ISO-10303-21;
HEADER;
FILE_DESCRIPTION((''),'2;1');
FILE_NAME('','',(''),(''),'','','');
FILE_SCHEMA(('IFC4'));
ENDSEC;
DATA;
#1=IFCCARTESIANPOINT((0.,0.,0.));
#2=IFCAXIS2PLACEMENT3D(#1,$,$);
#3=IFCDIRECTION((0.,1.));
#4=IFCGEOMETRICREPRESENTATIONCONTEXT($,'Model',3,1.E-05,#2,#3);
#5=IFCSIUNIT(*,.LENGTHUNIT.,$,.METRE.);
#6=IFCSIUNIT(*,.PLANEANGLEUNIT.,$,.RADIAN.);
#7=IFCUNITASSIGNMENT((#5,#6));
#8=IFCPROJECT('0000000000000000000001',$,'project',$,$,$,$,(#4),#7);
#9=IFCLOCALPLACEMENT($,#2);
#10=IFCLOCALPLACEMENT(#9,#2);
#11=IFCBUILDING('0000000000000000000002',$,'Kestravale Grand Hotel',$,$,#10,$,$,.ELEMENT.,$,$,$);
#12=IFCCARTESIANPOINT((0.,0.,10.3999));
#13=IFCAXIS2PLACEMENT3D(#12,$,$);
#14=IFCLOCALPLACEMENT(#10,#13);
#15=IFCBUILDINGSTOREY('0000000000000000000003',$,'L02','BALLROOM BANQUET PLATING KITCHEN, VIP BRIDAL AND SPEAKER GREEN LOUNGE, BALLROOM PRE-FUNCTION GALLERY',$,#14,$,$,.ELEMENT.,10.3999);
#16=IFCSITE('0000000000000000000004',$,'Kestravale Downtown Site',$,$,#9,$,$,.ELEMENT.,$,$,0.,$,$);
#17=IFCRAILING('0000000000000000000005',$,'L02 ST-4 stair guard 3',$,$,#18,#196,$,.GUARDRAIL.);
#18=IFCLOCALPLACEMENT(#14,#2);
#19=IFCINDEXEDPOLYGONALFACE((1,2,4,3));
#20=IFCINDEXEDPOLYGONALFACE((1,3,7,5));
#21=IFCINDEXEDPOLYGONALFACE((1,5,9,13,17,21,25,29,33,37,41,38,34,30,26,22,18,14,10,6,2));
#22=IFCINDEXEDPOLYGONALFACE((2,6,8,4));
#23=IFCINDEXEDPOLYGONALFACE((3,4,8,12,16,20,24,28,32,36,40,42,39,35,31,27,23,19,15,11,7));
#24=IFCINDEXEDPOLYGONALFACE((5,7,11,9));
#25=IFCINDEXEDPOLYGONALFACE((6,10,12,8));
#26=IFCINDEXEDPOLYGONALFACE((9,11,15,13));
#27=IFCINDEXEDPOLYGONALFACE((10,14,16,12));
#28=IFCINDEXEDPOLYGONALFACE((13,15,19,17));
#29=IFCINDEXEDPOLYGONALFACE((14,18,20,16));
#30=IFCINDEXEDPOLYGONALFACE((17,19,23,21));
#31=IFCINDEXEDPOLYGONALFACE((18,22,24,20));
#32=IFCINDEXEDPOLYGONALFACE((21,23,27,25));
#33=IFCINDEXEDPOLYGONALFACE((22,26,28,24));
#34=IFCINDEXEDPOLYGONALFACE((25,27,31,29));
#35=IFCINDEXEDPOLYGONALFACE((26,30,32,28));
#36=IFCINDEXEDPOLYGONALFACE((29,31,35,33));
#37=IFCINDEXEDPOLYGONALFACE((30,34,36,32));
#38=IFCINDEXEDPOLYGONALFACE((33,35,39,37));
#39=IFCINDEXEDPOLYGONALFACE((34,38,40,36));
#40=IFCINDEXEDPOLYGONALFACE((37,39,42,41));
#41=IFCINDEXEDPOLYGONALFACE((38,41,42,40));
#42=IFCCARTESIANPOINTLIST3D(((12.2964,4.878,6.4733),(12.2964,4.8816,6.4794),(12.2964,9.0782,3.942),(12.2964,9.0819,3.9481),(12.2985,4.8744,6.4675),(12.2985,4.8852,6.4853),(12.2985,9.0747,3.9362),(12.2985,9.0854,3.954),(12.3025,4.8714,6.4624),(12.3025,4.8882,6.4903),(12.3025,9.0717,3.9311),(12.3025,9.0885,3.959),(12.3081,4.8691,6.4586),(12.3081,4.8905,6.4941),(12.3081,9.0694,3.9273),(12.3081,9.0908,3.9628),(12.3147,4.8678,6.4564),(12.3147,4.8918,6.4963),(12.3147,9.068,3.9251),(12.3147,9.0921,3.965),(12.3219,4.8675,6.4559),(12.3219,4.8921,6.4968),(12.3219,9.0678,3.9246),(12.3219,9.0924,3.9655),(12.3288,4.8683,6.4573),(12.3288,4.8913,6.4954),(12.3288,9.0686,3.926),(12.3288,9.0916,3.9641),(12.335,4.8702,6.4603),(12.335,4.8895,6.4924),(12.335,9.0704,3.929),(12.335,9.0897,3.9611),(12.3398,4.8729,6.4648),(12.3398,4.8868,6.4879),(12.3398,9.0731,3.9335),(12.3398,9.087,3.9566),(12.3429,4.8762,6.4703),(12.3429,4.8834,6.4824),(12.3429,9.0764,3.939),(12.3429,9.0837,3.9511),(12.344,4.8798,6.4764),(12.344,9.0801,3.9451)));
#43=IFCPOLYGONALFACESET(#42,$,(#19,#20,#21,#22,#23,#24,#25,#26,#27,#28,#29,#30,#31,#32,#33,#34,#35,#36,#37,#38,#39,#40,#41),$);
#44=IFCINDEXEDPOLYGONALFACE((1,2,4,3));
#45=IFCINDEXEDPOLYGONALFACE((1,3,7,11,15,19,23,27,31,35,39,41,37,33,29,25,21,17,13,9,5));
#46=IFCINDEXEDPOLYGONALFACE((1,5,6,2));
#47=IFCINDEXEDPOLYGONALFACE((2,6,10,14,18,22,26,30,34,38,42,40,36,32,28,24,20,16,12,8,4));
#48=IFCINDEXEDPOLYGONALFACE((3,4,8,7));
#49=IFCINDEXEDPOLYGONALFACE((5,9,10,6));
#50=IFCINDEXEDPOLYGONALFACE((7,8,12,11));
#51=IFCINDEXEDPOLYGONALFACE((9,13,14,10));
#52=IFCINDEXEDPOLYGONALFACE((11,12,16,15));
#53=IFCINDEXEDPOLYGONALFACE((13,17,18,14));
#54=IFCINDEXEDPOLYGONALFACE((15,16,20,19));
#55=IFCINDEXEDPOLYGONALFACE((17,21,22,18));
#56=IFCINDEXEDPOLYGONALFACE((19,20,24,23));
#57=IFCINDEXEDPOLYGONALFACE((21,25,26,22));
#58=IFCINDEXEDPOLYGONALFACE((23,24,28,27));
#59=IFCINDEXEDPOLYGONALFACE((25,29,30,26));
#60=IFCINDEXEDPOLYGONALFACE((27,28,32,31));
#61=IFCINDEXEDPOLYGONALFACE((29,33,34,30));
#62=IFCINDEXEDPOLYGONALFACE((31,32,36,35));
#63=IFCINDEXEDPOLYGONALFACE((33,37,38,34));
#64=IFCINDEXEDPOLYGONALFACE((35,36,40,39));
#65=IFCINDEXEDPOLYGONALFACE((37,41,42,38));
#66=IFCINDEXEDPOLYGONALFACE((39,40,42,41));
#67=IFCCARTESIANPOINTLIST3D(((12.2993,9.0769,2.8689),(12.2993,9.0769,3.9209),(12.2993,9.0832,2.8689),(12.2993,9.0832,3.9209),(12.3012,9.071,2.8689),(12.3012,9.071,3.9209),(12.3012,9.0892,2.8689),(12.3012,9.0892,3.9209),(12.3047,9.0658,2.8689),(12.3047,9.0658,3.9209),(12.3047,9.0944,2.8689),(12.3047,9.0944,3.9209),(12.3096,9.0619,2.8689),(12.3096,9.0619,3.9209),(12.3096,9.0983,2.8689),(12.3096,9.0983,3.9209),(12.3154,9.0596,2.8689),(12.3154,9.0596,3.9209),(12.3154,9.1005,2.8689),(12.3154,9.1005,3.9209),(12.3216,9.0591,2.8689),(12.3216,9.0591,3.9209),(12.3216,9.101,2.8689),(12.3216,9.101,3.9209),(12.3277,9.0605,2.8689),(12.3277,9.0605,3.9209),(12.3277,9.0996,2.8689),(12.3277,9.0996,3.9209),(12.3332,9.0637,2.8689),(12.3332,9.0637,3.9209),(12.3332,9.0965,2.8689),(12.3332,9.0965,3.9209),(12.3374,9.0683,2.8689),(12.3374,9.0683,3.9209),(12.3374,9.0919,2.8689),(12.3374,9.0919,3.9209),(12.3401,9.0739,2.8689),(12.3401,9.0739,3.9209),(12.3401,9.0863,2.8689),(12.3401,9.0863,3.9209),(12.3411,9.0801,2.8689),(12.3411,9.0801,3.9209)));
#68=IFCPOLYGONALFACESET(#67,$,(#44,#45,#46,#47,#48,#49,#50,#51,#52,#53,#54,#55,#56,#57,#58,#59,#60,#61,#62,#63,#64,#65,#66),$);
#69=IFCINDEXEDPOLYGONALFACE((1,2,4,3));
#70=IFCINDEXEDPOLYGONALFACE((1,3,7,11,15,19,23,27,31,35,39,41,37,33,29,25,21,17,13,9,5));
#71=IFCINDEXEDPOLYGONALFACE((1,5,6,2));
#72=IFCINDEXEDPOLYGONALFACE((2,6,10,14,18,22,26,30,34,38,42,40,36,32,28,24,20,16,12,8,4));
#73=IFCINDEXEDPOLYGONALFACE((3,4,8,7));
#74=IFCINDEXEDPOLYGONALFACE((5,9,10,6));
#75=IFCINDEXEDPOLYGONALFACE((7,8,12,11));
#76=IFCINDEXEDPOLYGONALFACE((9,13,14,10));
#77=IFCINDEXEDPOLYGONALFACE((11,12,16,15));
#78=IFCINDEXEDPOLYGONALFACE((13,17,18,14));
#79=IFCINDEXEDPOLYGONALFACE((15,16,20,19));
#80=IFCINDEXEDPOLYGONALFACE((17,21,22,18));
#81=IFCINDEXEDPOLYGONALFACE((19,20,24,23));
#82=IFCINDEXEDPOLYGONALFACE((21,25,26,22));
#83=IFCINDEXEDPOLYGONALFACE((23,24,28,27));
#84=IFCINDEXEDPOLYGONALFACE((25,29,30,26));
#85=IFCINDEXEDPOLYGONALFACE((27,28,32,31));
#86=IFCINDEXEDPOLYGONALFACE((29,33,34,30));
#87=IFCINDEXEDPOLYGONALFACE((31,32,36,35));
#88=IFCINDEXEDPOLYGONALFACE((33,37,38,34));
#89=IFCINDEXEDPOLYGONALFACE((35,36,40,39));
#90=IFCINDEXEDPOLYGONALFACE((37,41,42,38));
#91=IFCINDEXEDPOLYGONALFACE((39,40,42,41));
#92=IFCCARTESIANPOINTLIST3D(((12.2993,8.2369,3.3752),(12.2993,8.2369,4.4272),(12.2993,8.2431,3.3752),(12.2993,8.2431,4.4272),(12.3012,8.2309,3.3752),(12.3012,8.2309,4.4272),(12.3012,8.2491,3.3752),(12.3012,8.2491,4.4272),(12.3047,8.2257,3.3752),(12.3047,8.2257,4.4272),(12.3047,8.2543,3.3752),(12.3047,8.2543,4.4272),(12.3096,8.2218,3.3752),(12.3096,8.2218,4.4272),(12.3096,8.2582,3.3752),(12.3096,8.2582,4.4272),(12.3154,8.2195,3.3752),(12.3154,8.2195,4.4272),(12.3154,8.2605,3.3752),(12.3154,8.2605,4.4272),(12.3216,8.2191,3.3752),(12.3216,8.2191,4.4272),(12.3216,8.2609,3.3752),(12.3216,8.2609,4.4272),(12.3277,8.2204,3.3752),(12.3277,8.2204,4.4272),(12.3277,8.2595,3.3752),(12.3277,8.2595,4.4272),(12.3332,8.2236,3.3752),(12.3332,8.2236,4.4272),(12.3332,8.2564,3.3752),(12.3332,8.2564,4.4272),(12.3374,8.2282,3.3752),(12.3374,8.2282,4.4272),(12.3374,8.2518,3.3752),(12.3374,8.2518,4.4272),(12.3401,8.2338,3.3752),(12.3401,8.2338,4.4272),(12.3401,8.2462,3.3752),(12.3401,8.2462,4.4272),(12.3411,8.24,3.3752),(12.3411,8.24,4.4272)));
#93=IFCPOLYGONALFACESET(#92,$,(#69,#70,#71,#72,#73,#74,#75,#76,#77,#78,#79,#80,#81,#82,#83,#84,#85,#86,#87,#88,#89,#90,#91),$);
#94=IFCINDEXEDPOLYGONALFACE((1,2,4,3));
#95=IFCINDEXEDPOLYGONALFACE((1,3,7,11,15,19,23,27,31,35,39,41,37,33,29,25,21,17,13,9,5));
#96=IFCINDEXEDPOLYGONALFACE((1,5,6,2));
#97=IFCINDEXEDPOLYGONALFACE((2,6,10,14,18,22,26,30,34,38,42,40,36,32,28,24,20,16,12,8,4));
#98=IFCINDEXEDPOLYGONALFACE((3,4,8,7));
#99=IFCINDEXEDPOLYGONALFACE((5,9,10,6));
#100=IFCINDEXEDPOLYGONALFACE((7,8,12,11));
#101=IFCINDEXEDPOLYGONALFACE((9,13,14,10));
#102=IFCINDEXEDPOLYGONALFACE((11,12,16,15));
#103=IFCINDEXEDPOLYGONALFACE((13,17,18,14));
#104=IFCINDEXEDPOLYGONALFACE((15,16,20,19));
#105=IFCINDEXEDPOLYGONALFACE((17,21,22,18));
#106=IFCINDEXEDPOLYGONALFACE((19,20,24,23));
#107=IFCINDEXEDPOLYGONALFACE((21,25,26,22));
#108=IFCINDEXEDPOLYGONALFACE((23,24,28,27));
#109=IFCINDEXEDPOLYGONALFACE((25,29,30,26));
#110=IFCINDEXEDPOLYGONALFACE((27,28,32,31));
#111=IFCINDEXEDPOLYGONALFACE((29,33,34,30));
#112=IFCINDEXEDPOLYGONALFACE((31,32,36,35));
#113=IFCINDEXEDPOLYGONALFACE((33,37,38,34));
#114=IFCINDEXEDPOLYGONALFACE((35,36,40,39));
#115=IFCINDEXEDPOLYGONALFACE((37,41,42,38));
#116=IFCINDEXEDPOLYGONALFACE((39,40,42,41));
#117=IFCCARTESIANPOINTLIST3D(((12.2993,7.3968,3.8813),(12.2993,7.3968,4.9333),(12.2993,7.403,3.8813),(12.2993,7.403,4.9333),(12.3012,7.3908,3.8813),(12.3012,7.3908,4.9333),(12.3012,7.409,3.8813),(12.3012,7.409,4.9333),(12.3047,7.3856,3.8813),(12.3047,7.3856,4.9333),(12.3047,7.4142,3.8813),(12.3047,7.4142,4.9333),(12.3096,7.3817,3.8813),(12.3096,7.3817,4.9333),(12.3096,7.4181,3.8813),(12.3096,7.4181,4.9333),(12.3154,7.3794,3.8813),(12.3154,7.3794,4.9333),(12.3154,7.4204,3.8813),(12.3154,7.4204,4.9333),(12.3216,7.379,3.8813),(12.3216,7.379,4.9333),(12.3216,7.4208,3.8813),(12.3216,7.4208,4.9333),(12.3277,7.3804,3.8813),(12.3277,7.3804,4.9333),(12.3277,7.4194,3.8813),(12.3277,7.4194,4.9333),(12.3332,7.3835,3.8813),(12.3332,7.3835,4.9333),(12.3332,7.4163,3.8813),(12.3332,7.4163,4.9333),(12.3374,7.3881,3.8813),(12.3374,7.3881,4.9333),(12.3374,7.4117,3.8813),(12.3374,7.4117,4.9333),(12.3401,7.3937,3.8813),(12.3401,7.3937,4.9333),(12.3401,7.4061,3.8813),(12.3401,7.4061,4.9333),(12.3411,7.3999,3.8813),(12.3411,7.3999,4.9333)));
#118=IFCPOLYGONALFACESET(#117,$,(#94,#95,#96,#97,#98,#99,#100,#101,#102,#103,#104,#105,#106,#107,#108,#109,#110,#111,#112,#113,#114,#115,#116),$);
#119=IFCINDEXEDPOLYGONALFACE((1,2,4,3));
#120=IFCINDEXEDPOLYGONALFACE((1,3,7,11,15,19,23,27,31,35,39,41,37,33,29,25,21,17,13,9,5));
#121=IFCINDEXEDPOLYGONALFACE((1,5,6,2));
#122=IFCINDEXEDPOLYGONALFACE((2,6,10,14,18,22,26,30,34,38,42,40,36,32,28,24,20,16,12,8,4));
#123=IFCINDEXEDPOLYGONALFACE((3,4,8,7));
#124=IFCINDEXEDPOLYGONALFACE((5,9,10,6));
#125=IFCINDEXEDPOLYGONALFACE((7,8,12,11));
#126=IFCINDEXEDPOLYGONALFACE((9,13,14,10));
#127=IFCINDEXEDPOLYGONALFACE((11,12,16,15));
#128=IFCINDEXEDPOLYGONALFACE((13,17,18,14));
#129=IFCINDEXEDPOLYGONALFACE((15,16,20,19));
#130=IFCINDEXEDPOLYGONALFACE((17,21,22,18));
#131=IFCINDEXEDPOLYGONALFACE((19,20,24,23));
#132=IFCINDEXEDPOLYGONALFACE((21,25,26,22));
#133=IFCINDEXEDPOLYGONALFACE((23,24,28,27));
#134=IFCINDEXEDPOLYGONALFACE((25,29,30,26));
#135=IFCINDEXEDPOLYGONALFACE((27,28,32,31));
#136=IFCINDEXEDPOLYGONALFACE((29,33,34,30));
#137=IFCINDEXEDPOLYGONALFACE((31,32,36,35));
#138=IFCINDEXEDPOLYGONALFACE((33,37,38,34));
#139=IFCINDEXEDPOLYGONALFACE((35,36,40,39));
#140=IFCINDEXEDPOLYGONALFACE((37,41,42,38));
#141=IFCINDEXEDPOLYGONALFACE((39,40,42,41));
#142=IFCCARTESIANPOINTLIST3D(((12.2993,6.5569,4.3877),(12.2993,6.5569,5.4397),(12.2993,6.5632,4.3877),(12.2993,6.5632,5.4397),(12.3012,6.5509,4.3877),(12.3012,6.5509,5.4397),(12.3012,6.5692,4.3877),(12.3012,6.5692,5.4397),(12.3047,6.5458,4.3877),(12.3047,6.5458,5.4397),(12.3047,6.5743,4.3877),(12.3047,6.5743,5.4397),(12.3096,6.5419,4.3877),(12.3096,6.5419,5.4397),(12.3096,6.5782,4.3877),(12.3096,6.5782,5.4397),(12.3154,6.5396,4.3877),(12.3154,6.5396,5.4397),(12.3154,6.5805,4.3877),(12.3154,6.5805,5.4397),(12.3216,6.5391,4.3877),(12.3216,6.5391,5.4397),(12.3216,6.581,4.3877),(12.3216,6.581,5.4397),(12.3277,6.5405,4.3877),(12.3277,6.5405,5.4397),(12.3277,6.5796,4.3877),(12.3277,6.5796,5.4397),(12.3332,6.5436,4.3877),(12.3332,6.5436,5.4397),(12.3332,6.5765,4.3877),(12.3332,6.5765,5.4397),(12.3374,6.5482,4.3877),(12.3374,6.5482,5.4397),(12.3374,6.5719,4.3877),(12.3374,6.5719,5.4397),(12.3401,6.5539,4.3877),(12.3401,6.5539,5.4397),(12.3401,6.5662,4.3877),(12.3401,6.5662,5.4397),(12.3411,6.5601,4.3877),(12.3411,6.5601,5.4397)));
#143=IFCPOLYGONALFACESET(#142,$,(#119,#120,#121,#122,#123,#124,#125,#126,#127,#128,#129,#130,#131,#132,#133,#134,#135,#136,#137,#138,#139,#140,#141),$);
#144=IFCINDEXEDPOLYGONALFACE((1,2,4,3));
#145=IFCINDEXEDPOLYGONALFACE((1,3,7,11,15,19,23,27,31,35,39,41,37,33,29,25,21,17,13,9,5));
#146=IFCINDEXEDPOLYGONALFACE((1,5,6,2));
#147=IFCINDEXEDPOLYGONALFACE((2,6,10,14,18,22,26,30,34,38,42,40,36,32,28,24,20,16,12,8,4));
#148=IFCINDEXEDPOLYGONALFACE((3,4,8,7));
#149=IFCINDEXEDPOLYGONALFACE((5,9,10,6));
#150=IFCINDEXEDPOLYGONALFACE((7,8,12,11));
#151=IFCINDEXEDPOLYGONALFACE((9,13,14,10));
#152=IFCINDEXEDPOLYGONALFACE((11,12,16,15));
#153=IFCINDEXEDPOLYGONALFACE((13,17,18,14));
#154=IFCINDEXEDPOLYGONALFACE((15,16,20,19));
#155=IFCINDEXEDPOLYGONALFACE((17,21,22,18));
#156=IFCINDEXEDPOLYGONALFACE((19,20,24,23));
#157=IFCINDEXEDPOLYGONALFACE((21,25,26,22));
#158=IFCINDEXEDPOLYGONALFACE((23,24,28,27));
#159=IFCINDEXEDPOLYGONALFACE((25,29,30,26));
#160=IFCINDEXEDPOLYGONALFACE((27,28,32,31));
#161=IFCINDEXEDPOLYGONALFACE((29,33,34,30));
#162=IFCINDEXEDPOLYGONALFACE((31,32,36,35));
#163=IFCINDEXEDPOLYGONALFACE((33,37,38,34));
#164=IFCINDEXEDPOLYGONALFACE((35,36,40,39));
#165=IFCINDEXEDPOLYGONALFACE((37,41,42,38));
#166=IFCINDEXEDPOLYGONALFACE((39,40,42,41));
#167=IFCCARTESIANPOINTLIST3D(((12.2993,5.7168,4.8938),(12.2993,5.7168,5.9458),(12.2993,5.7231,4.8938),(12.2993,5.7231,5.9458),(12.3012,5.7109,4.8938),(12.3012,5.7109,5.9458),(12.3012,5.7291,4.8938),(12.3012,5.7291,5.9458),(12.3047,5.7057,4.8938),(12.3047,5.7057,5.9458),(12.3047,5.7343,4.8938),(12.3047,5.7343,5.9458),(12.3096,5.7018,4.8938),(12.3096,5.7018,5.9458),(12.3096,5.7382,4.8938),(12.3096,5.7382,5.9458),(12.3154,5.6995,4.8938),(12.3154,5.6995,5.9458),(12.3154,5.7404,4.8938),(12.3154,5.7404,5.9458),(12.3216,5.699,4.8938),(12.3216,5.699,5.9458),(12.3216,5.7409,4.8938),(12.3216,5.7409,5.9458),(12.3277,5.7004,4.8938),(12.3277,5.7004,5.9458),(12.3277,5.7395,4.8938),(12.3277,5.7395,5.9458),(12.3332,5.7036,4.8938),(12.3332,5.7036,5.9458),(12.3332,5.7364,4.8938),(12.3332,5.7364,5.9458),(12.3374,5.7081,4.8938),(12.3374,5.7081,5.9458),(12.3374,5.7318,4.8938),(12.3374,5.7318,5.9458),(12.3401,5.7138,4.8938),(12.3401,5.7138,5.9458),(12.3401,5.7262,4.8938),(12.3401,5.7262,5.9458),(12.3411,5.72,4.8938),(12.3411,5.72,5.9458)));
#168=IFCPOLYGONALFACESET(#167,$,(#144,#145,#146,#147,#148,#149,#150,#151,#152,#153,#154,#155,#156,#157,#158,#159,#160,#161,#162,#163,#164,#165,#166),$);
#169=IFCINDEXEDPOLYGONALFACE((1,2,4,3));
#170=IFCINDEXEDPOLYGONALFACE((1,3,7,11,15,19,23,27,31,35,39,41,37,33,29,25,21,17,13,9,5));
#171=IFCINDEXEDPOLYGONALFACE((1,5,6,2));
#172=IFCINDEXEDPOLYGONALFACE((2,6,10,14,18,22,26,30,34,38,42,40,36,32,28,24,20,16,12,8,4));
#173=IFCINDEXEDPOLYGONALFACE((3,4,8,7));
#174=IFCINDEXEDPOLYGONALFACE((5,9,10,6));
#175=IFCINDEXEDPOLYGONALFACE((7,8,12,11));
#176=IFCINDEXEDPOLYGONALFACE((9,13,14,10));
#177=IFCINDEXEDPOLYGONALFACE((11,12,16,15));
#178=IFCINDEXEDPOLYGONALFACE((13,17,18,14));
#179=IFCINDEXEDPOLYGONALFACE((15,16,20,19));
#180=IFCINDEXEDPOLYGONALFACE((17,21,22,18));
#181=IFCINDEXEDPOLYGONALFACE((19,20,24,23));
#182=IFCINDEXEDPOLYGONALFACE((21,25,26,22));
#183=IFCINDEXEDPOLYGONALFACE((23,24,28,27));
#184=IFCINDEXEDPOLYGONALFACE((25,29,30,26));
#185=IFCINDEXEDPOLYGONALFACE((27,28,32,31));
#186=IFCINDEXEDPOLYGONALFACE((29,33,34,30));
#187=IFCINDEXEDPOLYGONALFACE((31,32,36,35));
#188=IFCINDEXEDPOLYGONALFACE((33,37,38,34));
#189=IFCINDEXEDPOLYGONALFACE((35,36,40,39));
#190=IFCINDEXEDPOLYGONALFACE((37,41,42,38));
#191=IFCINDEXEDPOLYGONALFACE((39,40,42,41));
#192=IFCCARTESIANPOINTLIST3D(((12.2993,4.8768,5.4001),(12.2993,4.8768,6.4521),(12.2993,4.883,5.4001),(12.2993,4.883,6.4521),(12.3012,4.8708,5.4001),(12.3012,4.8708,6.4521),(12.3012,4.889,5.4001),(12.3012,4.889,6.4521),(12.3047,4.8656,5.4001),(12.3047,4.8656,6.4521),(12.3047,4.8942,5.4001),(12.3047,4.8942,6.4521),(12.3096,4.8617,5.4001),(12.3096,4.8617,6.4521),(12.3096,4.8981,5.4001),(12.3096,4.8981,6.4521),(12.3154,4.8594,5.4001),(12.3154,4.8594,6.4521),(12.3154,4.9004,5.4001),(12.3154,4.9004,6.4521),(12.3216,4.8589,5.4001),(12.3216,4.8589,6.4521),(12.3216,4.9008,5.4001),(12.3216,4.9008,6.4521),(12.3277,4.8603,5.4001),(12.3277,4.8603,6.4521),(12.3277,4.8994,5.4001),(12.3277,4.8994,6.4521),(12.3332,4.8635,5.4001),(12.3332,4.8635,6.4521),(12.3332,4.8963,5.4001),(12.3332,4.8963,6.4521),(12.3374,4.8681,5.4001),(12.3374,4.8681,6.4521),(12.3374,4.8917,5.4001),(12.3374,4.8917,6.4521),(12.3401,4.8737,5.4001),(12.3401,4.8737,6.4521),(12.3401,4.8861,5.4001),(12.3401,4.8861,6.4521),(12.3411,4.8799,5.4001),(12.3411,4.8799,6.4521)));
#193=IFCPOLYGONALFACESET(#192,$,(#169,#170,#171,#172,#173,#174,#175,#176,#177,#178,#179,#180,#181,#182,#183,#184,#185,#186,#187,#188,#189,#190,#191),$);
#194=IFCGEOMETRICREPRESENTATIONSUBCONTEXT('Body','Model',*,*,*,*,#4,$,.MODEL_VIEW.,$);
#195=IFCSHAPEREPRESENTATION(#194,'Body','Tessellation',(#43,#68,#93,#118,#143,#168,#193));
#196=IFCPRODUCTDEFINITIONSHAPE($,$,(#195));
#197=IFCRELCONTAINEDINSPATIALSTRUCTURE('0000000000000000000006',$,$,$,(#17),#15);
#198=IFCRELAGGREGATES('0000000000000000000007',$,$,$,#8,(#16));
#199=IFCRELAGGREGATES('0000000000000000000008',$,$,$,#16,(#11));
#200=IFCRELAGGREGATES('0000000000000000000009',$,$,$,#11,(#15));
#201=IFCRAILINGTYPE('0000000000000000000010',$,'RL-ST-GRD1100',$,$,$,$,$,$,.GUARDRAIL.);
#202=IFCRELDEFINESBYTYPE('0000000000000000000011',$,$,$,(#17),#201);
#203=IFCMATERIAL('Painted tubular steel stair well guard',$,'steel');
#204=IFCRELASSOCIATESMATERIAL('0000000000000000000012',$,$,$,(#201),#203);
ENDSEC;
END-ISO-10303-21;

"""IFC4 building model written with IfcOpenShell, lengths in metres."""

from ifc_helpers import new_model, si_unit, direction, frame, origin, origin_2d, place, context, subcontext, project, spatial, circle, extrude, material, type_object, element, save


model = new_model("IFC4")

# Units and contexts
model_context = context("Model", 3, precision=1e-05, world=origin(), true_north=direction((0.0, 1.0)))
body_context = subcontext(model_context, "Body", "Model", "MODEL_VIEW")
ifc_project = project(units=[si_unit("LENGTHUNIT", "METRE"), si_unit("PLANEANGLEUNIT", "RADIAN")], contexts=[model_context])

# Site, building, storey
site_placement = place(None, origin())
site = spatial("IfcSite", under=ifc_project, at=site_placement, Name="Kestravale Downtown Site", CompositionType="ELEMENT", RefElevation=0.0)
building_placement = place(site_placement, origin())
building = spatial("IfcBuilding", under=site, at=building_placement, Name="Kestravale Grand Hotel", CompositionType="ELEMENT")
storey_placement = place(building_placement, frame((0.0, 0.0, 10.3999)))
storey = spatial("IfcBuildingStorey", under=building, at=storey_placement, Name="L02", Description="BALLROOM BANQUET PLATING KITCHEN, VIP BRIDAL AND SPEAKER GREEN LOUNGE, BALLROOM PRE-FUNCTION GALLERY", CompositionType="ELEMENT", Elevation=10.3999)

# Railing
ifc_material_1 = material(Name="Painted tubular steel stair well guard", Category="steel")
railing_type_1 = type_object("IfcRailingType", Name="RL-ST-GRD1100", PredefinedType="GUARDRAIL", material=ifc_material_1)
railing_1_placement = place(storey_placement, frame((12.3201, 9.0801, 2.8689)))
element("IfcRailing", 1, at=railing_1_placement, inside=storey, type_object=railing_type_1, Name="L02 ST-4 stair guard 3", PredefinedType="GUARDRAIL", context=body_context, shape_type="SweptSolid", body=[
    extrude(circle(Radius=0.0239, at=origin_2d()), frame((0.0, 0.0, 1.0762), z_axis=(0.0, -0.85649, 0.516164), x_axis=(1.0, 0.0, 0.0)), (0.0, 0.0, 1.0), 4.9041),
    extrude(circle(Radius=0.021, at=origin_2d()), origin(), (0.0, 0.0, 1.0), 1.052),
    extrude(circle(Radius=0.021, at=origin_2d()), frame((0.0, -0.8401, 0.5063)), (0.0, 0.0, 1.0), 1.052),
    extrude(circle(Radius=0.021, at=origin_2d()), frame((0.0, -1.6802, 1.0125)), (0.0, 0.0, 1.0), 1.052),
    extrude(circle(Radius=0.021, at=origin_2d()), frame((0.0, -2.52, 1.5188)), (0.0, 0.0, 1.0), 1.052),
    extrude(circle(Radius=0.021, at=origin_2d()), frame((0.0, -3.3601, 2.0249)), (0.0, 0.0, 1.0), 1.052),
    extrude(circle(Radius=0.021, at=origin_2d()), frame((0.0, -4.2002, 2.5312)), (0.0, 0.0, 1.0), 1.052),
])

save(model, "model.ifc")
